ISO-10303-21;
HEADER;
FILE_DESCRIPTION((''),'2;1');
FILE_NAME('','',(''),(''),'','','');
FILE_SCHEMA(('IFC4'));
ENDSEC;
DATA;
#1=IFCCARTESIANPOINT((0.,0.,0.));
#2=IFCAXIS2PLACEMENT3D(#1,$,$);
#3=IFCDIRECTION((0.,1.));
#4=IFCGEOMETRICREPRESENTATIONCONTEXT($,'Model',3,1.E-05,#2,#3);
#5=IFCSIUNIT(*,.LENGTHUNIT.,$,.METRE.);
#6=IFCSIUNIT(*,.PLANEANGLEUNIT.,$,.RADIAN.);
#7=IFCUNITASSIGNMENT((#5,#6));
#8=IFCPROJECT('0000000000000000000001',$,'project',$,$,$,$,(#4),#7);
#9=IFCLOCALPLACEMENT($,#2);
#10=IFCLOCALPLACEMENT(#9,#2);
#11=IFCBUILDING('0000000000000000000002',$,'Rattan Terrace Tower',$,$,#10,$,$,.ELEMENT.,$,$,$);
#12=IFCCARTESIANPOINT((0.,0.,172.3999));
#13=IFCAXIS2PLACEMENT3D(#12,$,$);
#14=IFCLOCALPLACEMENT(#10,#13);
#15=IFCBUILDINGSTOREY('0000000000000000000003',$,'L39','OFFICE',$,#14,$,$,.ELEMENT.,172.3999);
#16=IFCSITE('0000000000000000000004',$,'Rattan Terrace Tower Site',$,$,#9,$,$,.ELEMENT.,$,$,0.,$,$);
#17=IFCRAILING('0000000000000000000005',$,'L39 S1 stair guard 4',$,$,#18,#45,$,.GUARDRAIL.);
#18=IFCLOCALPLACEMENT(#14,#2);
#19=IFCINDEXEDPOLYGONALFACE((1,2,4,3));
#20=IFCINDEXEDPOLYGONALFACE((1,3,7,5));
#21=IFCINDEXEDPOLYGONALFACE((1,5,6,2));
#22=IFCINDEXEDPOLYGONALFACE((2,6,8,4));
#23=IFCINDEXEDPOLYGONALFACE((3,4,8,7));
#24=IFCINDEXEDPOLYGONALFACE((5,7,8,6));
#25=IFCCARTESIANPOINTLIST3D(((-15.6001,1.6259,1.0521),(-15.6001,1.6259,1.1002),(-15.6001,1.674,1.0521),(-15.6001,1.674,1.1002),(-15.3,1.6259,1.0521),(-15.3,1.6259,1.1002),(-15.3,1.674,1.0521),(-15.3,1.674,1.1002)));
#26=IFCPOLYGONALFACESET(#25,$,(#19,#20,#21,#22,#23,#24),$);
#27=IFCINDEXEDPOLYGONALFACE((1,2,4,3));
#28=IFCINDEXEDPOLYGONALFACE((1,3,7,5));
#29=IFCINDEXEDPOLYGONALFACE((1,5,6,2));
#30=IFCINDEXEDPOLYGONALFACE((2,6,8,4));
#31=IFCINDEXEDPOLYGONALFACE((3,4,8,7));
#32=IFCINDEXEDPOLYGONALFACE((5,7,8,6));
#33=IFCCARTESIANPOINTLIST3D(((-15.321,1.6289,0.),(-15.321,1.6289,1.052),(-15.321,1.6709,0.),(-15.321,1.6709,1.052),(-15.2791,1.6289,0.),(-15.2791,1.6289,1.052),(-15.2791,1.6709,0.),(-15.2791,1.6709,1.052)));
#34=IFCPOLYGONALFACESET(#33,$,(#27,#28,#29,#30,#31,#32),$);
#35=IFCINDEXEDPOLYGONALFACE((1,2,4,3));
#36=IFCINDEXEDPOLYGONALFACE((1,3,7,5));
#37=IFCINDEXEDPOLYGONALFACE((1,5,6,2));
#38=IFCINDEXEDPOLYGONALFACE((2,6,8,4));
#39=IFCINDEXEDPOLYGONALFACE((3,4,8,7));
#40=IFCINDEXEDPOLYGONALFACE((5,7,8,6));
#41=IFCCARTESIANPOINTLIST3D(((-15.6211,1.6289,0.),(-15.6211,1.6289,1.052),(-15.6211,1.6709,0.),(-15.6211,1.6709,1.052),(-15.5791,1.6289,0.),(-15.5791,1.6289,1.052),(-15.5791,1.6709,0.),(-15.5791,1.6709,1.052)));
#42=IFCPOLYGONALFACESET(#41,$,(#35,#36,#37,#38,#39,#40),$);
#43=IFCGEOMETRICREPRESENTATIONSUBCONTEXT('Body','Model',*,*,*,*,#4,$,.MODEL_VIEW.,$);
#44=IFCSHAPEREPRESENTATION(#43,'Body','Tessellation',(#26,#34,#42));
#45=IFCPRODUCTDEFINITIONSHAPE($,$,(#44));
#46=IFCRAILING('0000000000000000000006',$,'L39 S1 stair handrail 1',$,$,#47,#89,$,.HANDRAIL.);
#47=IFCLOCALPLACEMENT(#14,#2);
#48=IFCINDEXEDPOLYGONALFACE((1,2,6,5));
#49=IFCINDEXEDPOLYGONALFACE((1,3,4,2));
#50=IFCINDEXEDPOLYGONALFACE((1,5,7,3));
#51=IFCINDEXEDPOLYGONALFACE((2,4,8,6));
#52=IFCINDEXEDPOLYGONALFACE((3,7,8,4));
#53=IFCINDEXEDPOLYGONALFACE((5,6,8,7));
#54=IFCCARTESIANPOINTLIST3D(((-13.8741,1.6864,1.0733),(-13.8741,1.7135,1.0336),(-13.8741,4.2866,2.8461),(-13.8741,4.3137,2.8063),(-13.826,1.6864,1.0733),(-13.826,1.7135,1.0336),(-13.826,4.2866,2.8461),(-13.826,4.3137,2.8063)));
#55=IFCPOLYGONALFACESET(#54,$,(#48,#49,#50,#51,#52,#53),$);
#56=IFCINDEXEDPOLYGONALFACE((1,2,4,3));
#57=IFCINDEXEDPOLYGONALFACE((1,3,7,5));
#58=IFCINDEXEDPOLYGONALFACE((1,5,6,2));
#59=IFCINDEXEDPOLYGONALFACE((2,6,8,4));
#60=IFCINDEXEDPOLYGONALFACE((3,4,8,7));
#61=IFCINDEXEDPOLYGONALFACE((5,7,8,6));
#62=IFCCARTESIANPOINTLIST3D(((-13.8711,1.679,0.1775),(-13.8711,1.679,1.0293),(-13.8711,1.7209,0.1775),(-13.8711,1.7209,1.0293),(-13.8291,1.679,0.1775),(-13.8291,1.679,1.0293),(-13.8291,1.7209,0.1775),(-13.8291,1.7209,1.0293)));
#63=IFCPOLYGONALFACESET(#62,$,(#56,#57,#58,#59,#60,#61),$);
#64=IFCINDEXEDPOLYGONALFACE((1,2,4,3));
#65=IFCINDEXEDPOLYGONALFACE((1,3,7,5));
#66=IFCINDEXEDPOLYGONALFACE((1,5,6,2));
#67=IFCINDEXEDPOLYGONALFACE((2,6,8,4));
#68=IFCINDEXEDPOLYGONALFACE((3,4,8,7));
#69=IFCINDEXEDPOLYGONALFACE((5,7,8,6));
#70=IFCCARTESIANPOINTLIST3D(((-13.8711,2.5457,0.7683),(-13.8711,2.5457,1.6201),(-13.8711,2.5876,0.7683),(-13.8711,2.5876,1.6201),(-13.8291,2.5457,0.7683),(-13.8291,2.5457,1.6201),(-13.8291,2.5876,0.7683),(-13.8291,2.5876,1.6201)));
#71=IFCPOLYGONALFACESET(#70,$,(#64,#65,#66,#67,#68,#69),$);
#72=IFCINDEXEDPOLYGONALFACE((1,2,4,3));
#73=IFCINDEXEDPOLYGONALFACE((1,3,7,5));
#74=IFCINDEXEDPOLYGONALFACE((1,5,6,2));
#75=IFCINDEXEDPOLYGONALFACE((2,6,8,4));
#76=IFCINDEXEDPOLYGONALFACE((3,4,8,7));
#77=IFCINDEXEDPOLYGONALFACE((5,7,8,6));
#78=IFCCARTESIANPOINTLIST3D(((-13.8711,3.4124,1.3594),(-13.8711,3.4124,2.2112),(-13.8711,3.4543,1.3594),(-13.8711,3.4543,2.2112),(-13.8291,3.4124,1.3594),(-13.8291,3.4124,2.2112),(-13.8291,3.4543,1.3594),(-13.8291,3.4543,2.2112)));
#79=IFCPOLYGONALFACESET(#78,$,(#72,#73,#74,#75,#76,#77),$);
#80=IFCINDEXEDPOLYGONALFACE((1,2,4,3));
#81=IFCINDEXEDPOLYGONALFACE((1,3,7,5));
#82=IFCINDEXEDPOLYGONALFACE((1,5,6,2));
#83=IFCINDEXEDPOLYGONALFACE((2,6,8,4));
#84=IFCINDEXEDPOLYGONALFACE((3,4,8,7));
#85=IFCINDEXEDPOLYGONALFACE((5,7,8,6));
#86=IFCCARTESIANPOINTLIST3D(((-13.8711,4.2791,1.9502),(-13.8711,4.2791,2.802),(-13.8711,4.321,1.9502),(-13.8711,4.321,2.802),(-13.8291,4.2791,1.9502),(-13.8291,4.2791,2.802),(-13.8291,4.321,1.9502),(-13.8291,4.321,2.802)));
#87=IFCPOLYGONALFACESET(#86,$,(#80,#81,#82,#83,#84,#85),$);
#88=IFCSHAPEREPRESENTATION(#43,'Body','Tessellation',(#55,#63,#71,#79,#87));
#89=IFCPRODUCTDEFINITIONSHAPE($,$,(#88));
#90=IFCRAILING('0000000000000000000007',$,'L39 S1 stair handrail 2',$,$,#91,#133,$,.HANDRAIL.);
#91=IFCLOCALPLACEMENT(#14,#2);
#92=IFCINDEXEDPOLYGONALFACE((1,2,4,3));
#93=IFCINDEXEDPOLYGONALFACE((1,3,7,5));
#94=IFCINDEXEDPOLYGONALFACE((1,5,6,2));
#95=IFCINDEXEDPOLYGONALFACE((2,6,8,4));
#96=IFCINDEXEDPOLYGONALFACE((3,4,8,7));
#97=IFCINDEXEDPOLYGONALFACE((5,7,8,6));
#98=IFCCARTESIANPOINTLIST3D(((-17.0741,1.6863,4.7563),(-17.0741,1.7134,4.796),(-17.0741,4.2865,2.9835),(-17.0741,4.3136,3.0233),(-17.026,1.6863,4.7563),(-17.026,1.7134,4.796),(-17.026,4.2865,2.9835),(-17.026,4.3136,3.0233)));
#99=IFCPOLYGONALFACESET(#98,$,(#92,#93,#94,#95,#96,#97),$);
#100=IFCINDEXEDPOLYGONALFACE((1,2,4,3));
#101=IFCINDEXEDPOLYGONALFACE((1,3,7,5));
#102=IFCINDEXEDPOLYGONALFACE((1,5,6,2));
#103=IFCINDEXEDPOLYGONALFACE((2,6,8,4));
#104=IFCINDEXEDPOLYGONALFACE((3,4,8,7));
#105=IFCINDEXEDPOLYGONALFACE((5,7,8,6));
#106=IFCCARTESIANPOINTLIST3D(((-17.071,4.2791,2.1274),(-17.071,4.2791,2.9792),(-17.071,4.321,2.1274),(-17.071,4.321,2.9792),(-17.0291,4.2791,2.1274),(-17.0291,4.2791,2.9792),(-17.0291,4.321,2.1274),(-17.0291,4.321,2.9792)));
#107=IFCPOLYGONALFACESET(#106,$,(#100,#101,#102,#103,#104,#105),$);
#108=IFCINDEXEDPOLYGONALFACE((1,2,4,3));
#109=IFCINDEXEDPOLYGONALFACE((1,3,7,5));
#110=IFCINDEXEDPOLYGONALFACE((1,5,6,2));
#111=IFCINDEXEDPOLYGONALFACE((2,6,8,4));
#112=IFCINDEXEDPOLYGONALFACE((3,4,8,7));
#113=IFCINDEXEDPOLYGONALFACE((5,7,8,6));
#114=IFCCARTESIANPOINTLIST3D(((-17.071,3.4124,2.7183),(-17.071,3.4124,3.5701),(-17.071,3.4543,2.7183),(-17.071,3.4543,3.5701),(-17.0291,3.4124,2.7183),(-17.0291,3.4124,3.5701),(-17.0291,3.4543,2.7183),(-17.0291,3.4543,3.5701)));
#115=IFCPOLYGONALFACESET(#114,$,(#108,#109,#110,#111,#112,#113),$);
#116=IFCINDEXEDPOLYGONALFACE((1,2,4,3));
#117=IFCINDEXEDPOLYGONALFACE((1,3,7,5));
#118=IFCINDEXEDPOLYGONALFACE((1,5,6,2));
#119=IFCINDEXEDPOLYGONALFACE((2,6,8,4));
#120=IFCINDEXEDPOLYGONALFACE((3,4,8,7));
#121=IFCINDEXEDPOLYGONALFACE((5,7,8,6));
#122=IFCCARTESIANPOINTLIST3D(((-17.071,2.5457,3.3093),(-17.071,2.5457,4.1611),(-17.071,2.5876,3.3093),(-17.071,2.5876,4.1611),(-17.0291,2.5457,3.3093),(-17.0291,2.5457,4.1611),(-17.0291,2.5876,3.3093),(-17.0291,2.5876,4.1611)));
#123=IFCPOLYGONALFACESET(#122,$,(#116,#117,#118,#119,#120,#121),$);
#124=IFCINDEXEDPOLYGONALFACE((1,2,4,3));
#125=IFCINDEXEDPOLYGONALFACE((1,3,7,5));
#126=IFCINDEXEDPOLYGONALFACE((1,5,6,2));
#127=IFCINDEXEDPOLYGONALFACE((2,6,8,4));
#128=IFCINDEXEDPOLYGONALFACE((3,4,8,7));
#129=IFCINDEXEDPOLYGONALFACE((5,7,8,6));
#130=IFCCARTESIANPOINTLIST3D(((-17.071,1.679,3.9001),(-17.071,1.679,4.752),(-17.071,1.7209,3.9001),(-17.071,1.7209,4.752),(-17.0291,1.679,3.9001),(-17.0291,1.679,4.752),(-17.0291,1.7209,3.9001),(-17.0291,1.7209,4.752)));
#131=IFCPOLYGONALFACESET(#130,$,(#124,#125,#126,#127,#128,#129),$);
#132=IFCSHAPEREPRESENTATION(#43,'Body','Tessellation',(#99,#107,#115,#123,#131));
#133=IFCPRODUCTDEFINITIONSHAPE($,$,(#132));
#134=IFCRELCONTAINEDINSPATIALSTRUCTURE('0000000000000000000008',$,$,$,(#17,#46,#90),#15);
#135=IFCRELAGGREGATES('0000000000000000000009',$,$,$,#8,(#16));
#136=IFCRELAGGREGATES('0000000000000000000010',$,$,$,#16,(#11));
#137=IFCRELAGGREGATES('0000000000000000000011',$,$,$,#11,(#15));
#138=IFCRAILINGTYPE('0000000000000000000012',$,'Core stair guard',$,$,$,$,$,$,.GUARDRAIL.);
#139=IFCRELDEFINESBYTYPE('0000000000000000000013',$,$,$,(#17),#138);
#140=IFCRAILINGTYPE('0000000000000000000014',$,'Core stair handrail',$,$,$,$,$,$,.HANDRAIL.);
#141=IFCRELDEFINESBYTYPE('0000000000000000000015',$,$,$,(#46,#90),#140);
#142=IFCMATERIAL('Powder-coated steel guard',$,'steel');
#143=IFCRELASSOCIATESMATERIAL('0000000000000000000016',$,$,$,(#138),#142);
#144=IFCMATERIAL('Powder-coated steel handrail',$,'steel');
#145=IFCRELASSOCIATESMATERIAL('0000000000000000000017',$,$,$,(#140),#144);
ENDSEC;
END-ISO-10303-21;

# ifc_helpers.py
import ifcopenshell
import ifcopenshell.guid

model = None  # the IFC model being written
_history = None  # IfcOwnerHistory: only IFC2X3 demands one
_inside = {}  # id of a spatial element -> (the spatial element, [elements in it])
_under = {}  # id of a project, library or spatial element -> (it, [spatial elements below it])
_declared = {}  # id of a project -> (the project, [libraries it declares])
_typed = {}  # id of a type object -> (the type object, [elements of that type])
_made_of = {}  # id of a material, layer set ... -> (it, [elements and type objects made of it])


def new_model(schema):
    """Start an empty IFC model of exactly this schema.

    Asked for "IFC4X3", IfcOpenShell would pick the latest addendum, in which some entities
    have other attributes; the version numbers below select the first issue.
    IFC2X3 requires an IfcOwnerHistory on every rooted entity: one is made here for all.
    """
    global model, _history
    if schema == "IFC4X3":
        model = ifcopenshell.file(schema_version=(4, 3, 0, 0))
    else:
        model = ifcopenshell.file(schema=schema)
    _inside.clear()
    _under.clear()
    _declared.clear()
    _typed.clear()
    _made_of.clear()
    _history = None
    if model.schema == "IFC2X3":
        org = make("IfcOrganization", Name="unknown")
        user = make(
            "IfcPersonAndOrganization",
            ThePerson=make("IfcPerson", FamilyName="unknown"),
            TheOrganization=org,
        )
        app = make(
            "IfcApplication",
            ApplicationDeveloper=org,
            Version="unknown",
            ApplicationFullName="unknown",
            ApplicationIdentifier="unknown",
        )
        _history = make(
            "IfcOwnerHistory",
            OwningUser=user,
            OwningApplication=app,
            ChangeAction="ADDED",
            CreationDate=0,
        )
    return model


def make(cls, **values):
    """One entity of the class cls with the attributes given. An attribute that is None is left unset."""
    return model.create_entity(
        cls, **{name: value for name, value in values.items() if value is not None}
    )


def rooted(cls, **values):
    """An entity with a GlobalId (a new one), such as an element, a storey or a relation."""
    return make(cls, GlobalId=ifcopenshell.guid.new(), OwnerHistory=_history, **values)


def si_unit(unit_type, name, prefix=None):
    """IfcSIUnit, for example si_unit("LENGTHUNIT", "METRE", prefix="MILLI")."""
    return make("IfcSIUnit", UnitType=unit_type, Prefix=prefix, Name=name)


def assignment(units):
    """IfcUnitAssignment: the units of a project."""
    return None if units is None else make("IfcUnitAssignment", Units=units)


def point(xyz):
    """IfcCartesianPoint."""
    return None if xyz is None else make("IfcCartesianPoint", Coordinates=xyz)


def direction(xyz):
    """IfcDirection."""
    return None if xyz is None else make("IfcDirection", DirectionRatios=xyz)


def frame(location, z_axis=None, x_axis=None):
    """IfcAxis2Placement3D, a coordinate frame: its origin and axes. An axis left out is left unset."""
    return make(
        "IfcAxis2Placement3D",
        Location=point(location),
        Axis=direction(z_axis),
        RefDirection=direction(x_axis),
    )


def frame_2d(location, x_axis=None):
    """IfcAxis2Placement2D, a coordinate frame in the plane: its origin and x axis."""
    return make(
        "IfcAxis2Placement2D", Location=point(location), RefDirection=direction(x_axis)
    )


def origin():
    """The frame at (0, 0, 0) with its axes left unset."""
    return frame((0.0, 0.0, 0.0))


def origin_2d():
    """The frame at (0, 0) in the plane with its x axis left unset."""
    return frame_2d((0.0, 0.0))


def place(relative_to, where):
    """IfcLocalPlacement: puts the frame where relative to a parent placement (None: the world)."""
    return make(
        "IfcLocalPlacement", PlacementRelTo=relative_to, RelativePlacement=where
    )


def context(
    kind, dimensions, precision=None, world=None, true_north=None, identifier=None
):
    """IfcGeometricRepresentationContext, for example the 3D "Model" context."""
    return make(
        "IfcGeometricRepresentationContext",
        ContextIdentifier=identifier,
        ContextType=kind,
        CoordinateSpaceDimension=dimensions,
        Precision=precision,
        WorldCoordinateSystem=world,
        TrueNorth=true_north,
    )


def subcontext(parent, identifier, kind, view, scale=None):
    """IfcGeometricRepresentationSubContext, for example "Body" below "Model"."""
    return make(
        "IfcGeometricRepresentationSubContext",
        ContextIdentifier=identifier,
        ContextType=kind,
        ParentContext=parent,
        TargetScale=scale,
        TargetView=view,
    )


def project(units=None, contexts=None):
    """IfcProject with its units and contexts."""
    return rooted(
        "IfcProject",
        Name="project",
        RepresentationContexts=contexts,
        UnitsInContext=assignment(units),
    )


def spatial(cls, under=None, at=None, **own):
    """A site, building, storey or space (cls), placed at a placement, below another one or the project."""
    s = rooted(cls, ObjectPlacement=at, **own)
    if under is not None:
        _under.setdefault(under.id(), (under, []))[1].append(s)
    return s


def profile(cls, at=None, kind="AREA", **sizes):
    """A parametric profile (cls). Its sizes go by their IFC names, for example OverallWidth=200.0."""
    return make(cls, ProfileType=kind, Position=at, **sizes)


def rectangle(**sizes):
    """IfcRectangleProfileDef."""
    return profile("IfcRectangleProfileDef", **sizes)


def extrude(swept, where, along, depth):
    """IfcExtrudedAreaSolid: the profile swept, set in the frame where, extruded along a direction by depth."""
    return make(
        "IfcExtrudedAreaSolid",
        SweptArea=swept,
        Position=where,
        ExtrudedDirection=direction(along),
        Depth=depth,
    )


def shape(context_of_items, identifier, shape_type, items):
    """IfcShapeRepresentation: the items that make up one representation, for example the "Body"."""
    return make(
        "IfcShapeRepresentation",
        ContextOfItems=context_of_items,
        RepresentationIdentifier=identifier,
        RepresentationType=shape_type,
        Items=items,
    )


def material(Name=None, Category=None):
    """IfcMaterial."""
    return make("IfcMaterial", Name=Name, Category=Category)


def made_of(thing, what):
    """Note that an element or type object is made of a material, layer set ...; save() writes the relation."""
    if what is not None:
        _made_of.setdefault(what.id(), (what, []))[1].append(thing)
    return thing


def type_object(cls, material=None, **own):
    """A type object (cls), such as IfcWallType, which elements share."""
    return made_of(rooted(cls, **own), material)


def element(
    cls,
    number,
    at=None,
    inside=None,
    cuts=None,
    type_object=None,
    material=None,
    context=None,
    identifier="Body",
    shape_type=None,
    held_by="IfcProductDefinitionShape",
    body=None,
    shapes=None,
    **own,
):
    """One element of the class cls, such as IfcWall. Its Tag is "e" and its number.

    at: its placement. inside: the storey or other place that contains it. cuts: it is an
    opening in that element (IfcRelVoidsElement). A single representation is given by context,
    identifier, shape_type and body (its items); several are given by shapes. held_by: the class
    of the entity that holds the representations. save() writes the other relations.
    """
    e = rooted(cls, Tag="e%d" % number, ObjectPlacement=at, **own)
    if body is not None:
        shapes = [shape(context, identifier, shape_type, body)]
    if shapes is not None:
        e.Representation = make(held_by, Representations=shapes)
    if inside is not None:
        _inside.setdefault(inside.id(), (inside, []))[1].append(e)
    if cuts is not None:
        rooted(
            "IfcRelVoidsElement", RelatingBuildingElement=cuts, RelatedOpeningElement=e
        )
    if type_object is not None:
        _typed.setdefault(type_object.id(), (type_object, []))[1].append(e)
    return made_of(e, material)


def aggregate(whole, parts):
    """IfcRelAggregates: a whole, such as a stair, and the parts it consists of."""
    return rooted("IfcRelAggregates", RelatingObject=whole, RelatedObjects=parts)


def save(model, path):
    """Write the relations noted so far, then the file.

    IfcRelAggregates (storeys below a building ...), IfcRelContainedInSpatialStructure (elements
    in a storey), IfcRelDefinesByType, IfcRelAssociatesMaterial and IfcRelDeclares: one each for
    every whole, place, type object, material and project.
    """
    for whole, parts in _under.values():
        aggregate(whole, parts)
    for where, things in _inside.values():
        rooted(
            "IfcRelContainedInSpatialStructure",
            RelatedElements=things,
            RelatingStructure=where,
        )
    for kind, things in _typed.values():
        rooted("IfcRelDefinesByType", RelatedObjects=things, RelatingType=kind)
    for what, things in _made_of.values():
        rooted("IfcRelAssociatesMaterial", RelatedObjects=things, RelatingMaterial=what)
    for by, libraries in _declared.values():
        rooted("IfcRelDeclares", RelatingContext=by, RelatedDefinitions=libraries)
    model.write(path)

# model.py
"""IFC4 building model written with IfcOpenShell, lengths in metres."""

from ifc_helpers import new_model, si_unit, direction, frame, origin, origin_2d, place, context, subcontext, project, spatial, rectangle, extrude, material, type_object, element, save


model = new_model("IFC4")

# Units and contexts
model_context = context("Model", 3, precision=1e-05, world=origin(), true_north=direction((0.0, 1.0)))
body_context = subcontext(model_context, "Body", "Model", "MODEL_VIEW")
ifc_project = project(units=[si_unit("LENGTHUNIT", "METRE"), si_unit("PLANEANGLEUNIT", "RADIAN")], contexts=[model_context])

# Site, building, storey
site_placement = place(None, origin())
site = spatial("IfcSite", under=ifc_project, at=site_placement, Name="Rattan Terrace Tower Site", CompositionType="ELEMENT", RefElevation=0.0)
building_placement = place(site_placement, origin())
building = spatial("IfcBuilding", under=site, at=building_placement, Name="Rattan Terrace Tower", CompositionType="ELEMENT")
storey_placement = place(building_placement, frame((0.0, 0.0, 172.3999)))
storey = spatial("IfcBuildingStorey", under=building, at=storey_placement, Name="L39", Description="OFFICE", CompositionType="ELEMENT", Elevation=172.3999)

# Railings
ifc_material_1 = material(Name="Powder-coated steel guard", Category="steel")
railing_type_1 = type_object("IfcRailingType", Name="Core stair guard", PredefinedType="GUARDRAIL", material=ifc_material_1)
railing_1_placement = place(storey_placement, frame((-15.3, 1.6499, 0.0)))
element("IfcRailing", 1, at=railing_1_placement, inside=storey, type_object=railing_type_1, Name="L39 S1 stair guard 4", PredefinedType="GUARDRAIL", context=body_context, shape_type="SweptSolid", body=[
    extrude(rectangle(XDim=0.0481, YDim=0.0481, at=origin_2d()), frame((0.0, 0.0, 1.0762), z_axis=(-1.0, 0.0, 0.0), x_axis=(0.0, -1.0, 0.0)), (0.0, 0.0, 1.0), 0.3),
    extrude(rectangle(XDim=0.042, YDim=0.042, at=origin_2d()), origin(), (0.0, 0.0, 1.0), 1.052),
    extrude(rectangle(XDim=0.042, YDim=0.042, at=origin_2d()), frame((-0.3, 0.0, 0.0)), (0.0, 0.0, 1.0), 1.052),
])
ifc_material_2 = material(Name="Powder-coated steel handrail", Category="steel")
railing_type_2 = type_object("IfcRailingType", Name="Core stair handrail", PredefinedType="HANDRAIL", material=ifc_material_2)
railing_2_placement = place(storey_placement, frame((-13.8501, 1.7, 0.1775)))
element("IfcRailing", 2, at=railing_2_placement, inside=storey, type_object=railing_type_2, Name="L39 S1 stair handrail 1", PredefinedType="HANDRAIL", context=body_context, shape_type="SweptSolid", body=[
    extrude(rectangle(XDim=0.0481, YDim=0.0481, at=origin_2d()), frame((0.0, 0.0, 0.876), z_axis=(0.0, 0.82624, 0.563318), x_axis=(-1.0, 0.0, 0.0)), (0.0, 0.0, 1.0), 3.147),
    extrude(rectangle(XDim=0.042, YDim=0.042, at=origin_2d()), origin(), (0.0, 0.0, 1.0), 0.8518),
    extrude(rectangle(XDim=0.042, YDim=0.042, at=origin_2d()), frame((0.0, 0.8667, 0.5908)), (0.0, 0.0, 1.0), 0.8518),
    extrude(rectangle(XDim=0.042, YDim=0.042, at=origin_2d()), frame((0.0, 1.7334, 1.1819)), (0.0, 0.0, 1.0), 0.8518),
    extrude(rectangle(XDim=0.042, YDim=0.042, at=origin_2d()), frame((0.0, 2.6001, 1.7727)), (0.0, 0.0, 1.0), 0.8518),
])
railing_3_placement = place(storey_placement, frame((-17.05, 4.3, 2.1274)))
element("IfcRailing", 3, at=railing_3_placement, inside=storey, type_object=railing_type_2, Name="L39 S1 stair handrail 2", PredefinedType="HANDRAIL", context=body_context, shape_type="SweptSolid", body=[
    extrude(rectangle(XDim=0.0481, YDim=0.0481, at=origin_2d()), frame((0.0, 0.0, 0.876), z_axis=(0.0, -0.82624, 0.563318), x_axis=(1.0, 0.0, 0.0)), (0.0, 0.0, 1.0), 3.147),
    extrude(rectangle(XDim=0.042, YDim=0.042, at=origin_2d()), origin(), (0.0, 0.0, 1.0), 0.8518),
    extrude(rectangle(XDim=0.042, YDim=0.042, at=origin_2d()), frame((0.0, -0.8667, 0.5908)), (0.0, 0.0, 1.0), 0.8518),
    extrude(rectangle(XDim=0.042, YDim=0.042, at=origin_2d()), frame((0.0, -1.7334, 1.1819)), (0.0, 0.0, 1.0), 0.8518),
    extrude(rectangle(XDim=0.042, YDim=0.042, at=origin_2d()), frame((0.0, -2.6001, 1.7727)), (0.0, 0.0, 1.0), 0.8518),
])

save(model, "model.ifc")
